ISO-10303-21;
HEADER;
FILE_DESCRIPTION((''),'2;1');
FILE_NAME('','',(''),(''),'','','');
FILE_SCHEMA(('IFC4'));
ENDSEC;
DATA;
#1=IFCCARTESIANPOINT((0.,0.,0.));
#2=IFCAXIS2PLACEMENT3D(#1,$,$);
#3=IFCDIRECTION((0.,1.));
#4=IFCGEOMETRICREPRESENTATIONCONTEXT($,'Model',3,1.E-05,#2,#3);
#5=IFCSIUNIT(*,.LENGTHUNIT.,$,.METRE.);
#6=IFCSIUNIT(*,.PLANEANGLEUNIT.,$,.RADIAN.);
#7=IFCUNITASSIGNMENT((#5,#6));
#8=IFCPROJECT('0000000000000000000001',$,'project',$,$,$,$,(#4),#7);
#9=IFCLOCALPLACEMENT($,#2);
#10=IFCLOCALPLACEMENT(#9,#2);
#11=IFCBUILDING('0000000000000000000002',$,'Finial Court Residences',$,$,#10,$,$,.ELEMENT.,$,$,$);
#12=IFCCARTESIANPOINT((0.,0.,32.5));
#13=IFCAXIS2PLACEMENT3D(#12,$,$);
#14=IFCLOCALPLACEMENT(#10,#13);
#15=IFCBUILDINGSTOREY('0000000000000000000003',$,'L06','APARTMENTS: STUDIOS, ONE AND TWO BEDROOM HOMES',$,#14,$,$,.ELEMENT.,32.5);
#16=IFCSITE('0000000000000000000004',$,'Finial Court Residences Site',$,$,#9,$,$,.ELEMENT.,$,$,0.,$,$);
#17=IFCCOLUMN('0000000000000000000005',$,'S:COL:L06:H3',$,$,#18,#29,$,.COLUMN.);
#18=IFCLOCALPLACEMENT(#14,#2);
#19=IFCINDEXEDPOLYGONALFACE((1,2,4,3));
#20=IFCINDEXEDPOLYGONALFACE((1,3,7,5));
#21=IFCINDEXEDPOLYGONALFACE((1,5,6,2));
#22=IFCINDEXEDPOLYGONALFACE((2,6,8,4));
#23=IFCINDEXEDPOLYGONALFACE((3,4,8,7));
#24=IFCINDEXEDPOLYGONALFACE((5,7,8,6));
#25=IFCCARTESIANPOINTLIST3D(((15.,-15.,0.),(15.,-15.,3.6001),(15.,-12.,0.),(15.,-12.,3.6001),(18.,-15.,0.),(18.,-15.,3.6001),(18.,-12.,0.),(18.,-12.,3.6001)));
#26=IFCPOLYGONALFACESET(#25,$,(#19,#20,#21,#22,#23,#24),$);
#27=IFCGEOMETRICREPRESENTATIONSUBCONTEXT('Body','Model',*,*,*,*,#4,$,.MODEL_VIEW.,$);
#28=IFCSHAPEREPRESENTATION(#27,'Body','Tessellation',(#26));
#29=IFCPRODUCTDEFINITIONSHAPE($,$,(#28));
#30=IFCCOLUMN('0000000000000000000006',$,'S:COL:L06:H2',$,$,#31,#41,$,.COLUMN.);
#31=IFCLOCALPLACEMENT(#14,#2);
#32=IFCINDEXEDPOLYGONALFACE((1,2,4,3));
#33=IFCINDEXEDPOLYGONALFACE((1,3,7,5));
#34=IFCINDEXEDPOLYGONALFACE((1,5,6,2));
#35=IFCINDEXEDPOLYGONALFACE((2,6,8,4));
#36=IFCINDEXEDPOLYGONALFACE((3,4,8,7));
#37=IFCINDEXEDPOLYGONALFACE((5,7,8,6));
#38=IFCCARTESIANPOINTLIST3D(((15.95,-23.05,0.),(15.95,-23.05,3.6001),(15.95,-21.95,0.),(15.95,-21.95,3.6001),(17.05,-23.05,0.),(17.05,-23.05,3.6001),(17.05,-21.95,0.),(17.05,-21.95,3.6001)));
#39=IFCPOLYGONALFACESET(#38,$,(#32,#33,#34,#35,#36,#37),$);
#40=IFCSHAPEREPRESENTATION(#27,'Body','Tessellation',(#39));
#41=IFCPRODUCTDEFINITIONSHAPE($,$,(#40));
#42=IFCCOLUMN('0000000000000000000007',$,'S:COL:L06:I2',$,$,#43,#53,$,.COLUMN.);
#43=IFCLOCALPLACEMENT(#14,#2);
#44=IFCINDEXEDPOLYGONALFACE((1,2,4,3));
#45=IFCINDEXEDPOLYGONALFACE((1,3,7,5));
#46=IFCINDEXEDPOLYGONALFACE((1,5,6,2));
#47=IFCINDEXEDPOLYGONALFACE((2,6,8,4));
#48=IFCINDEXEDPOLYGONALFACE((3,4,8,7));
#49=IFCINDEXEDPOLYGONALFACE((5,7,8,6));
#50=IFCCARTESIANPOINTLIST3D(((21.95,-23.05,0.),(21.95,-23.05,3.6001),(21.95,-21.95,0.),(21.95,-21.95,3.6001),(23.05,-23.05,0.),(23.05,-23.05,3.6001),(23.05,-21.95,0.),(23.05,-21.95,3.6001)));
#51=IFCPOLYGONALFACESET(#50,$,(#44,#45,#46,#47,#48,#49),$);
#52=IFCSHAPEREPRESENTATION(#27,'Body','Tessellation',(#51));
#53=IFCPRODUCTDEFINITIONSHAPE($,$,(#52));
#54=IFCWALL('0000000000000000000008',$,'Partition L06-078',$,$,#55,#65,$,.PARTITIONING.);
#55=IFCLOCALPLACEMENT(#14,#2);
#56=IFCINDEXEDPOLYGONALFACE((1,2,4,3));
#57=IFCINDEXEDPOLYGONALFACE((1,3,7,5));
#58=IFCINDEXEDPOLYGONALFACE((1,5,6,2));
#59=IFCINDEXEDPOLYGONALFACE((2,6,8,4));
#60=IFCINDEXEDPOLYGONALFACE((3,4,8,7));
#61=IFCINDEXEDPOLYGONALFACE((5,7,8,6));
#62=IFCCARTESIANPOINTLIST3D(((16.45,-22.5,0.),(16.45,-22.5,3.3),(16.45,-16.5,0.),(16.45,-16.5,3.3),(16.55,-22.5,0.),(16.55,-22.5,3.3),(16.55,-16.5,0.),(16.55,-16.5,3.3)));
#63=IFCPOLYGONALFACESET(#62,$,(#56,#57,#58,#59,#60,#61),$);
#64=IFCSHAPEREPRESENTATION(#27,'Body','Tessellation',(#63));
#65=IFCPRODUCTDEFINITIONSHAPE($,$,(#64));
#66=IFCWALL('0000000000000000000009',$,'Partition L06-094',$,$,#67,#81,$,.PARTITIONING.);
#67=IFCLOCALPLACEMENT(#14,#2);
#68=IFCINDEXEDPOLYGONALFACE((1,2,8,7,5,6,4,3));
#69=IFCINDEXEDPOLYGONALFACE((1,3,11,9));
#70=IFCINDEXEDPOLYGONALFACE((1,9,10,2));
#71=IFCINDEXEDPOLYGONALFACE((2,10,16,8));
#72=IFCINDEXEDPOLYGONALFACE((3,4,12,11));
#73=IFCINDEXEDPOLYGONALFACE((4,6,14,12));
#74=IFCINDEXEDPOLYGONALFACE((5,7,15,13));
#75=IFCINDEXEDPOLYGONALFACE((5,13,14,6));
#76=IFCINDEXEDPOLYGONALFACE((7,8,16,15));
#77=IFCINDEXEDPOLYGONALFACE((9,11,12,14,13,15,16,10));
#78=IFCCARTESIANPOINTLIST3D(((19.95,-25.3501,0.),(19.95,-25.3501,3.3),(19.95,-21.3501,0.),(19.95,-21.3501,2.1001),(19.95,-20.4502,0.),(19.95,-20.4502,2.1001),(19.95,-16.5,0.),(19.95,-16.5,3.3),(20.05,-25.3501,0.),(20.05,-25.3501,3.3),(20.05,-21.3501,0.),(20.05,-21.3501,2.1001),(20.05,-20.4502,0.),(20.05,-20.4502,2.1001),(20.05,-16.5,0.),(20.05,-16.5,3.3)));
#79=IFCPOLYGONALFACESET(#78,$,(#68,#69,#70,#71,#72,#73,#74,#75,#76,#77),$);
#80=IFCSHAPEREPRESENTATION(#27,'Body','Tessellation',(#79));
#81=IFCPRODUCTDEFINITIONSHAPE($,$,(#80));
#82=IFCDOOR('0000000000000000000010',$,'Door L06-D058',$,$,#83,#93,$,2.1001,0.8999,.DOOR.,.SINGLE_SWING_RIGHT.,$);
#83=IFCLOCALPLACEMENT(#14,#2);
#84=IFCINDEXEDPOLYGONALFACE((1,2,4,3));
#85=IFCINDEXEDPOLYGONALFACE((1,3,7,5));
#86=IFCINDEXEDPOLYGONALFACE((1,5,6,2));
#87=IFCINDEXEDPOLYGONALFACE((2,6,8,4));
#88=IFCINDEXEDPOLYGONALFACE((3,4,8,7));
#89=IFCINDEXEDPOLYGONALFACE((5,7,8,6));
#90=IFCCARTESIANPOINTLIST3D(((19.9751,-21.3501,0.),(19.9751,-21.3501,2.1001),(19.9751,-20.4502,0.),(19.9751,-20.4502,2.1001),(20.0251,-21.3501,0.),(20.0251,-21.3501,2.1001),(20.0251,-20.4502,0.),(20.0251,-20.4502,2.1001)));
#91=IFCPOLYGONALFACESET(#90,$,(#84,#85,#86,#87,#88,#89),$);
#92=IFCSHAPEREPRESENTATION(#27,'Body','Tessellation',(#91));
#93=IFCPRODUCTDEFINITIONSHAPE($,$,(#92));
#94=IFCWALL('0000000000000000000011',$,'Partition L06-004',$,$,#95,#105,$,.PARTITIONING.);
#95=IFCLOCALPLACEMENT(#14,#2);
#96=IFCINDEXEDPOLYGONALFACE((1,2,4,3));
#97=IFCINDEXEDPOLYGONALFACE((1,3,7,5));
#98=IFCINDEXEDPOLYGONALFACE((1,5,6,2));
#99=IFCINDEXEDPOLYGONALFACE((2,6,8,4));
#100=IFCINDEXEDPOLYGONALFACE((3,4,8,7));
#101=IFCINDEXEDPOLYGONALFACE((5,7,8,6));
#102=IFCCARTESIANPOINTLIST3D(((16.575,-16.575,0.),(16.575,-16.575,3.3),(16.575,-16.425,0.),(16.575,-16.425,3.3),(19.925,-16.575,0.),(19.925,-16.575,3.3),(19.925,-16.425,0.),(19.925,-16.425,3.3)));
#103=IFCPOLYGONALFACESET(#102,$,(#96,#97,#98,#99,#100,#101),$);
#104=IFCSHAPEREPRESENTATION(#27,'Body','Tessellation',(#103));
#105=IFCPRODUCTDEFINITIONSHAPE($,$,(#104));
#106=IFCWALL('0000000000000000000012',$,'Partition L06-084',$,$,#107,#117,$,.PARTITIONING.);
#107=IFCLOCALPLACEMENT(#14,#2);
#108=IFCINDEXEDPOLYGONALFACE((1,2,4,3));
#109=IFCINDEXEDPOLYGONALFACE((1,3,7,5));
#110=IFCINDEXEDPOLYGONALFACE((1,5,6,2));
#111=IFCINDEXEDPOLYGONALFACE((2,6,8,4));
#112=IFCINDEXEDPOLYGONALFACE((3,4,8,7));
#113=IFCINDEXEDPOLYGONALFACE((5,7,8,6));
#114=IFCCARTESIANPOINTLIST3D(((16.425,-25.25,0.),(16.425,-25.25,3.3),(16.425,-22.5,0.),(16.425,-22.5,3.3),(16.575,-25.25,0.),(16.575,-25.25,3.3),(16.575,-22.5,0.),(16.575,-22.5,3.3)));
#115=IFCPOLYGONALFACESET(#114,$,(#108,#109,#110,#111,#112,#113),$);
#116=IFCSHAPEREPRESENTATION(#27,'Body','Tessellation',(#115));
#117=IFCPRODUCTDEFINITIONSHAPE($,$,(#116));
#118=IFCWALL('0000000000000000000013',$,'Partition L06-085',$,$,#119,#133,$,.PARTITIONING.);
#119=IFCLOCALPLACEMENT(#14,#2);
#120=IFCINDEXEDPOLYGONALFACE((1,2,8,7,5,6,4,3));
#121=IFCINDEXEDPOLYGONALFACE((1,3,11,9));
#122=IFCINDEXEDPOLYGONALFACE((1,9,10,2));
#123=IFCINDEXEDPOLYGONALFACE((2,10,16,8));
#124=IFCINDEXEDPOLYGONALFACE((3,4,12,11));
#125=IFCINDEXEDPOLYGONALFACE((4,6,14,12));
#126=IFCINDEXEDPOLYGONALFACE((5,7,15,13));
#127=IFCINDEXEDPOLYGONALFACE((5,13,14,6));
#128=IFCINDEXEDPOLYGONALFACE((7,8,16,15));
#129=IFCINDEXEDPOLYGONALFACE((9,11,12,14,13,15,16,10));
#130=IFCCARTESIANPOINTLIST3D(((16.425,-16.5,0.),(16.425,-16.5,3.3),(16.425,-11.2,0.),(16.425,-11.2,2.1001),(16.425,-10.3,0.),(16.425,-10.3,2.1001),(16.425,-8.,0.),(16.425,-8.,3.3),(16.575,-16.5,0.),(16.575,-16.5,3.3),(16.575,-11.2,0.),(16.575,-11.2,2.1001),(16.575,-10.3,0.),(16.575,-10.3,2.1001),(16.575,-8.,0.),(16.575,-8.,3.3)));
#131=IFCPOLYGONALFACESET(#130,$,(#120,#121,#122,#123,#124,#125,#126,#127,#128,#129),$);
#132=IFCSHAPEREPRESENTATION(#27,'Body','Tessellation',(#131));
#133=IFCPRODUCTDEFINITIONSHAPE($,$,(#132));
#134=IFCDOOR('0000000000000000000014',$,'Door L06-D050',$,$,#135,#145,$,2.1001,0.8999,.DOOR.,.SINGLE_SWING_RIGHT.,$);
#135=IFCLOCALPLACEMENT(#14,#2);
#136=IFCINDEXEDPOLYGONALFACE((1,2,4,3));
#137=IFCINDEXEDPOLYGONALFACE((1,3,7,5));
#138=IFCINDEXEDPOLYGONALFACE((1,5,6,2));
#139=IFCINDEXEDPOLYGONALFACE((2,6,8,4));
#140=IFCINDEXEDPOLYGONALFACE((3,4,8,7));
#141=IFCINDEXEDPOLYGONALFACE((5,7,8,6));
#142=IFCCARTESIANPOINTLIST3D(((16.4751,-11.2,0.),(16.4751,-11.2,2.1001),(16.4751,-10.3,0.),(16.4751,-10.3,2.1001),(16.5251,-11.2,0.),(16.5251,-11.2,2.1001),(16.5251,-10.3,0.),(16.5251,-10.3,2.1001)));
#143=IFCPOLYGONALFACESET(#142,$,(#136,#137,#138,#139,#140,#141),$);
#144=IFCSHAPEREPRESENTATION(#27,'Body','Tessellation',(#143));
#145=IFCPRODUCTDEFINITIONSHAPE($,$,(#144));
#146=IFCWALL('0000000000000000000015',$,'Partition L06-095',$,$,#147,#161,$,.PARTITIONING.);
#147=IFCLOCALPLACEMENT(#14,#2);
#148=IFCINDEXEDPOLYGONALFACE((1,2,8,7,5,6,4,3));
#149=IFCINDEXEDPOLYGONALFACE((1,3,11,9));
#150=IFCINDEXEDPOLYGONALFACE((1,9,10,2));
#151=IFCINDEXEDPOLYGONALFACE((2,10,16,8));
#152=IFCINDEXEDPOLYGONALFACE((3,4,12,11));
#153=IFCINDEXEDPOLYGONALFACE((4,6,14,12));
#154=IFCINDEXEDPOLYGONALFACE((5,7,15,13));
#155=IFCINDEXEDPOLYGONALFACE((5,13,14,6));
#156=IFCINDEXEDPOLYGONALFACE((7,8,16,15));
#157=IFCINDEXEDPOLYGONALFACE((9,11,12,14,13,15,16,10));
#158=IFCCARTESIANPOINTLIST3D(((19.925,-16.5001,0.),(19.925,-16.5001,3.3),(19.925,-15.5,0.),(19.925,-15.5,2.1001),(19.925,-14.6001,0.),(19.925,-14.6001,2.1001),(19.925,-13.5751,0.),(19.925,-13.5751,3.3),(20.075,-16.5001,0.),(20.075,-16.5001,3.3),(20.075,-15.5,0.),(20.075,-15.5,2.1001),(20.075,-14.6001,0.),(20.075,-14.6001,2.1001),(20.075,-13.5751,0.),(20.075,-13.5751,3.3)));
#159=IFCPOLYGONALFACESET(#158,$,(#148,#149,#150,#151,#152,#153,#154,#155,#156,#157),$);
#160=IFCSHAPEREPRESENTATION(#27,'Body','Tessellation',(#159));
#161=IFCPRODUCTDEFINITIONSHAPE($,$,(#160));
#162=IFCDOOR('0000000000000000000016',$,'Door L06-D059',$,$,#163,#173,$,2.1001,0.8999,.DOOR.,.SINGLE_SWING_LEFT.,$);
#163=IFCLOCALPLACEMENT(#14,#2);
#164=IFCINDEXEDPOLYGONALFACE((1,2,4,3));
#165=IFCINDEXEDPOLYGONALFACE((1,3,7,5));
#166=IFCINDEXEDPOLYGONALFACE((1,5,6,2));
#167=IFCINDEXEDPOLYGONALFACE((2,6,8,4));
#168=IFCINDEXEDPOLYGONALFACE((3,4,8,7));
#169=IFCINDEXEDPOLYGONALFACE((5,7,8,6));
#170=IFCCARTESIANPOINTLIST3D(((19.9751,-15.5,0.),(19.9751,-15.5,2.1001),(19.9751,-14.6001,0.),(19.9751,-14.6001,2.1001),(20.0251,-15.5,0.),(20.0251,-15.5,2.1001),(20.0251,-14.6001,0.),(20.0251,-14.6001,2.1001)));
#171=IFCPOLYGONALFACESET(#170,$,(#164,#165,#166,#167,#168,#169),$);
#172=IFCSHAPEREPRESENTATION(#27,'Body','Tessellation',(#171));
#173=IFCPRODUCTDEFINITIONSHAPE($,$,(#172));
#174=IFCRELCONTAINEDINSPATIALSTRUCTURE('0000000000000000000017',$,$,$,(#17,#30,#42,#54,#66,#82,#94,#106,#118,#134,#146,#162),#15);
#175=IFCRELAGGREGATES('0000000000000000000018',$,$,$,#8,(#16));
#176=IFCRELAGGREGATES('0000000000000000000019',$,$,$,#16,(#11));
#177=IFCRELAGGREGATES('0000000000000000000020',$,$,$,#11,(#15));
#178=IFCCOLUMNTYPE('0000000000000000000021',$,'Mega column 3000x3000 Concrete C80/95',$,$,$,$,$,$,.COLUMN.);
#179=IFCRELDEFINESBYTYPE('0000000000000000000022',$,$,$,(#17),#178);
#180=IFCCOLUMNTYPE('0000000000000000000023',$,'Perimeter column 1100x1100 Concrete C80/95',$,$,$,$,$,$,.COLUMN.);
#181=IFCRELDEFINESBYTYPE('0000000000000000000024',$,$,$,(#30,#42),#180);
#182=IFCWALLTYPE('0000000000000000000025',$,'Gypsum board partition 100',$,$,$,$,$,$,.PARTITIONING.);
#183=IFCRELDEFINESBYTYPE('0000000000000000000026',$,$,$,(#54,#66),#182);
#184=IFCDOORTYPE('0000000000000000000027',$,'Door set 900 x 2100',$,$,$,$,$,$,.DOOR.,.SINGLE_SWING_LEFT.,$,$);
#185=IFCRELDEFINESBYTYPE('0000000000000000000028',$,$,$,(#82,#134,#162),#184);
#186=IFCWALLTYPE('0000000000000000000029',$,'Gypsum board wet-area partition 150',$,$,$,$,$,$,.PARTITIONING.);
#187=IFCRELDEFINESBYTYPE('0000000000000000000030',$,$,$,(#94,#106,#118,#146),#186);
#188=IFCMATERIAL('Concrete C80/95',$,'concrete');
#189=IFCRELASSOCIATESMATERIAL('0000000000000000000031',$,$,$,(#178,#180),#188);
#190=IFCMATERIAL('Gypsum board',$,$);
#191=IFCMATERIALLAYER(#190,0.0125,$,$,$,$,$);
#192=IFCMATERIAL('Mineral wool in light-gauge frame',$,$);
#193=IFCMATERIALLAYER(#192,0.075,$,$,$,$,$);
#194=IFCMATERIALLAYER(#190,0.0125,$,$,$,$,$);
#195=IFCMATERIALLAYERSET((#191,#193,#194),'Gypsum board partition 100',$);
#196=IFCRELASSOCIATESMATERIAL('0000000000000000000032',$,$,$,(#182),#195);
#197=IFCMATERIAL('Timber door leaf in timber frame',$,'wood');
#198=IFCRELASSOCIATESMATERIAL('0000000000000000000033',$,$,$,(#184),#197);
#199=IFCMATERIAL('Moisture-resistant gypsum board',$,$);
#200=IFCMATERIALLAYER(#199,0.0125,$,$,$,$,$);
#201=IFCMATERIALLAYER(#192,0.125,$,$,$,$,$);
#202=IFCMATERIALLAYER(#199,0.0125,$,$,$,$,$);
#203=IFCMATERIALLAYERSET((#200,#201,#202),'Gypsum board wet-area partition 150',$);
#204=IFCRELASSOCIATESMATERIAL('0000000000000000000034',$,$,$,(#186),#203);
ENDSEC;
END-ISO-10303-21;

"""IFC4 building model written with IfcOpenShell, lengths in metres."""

from ifc_helpers import new_model, si_unit, direction, frame, frame_2d, origin, origin_2d, place, context, subcontext, project, spatial, rectangle, extrude, material, layer, layer_set, material_profile, profile_set, type_object, element, fill, save


model = new_model("IFC4")

# Units and contexts
model_context = context("Model", 3, precision=1e-05, world=origin(), true_north=direction((0.0, 1.0)))
body_context = subcontext(model_context, "Body", "Model", "MODEL_VIEW")
ifc_project = project(units=[si_unit("LENGTHUNIT", "METRE"), si_unit("PLANEANGLEUNIT", "RADIAN")], contexts=[model_context])

# Site, building, storey
site_placement = place(None, origin())
site = spatial("IfcSite", under=ifc_project, at=site_placement, Name="Finial Court Residences Site", CompositionType="ELEMENT", RefElevation=0.0)
building_placement = place(site_placement, origin())
building = spatial("IfcBuilding", under=site, at=building_placement, Name="Finial Court Residences", CompositionType="ELEMENT")
storey_placement = place(building_placement, frame((0.0, 0.0, 32.5)))
storey = spatial("IfcBuildingStorey", under=building, at=storey_placement, Name="L06", Description="APARTMENTS: STUDIOS, ONE AND TWO BEDROOM HOMES", CompositionType="ELEMENT", Elevation=32.5)

# Columns
ifc_material_1 = material(Name="Concrete C80/95", Category="concrete")
ifc_material_profile_1 = material_profile(ifc_material_1, rectangle(XDim=3.0, YDim=3.0, at=origin_2d()), Name="3000x3000")
ifc_profile_set_1 = profile_set([ifc_material_profile_1], Name="Concrete C80/95")
column_type_1 = type_object("IfcColumnType", Name="Mega column 3000x3000 Concrete C80/95", PredefinedType="COLUMN", material=ifc_profile_set_1)
column_placement = place(storey_placement, frame((16.5, -13.5, 0.0), z_axis=(0.0, 0.0, 1.0), x_axis=(1.0, 0.0, 0.0)))
element("IfcColumn", 1, at=column_placement, inside=storey, type_object=column_type_1, Name="S:COL:L06:H3", PredefinedType="COLUMN", context=body_context, shape_type="SweptSolid", body=[
    extrude(rectangle(XDim=3.0, YDim=3.0, at=origin_2d()), origin(), (0.0, 0.0, 1.0), 3.6001),
])
ifc_material_profile_2 = material_profile(ifc_material_1, rectangle(XDim=1.1001, YDim=1.1001, at=origin_2d()), Name="1100x1100")
ifc_profile_set_2 = profile_set([ifc_material_profile_2], Name="Concrete C80/95")
column_type_2 = type_object("IfcColumnType", Name="Perimeter column 1100x1100 Concrete C80/95", PredefinedType="COLUMN", material=ifc_profile_set_2)
for number, where, z_axis, x_axis, name in (
    (2, (16.5, -22.5, 0.0), (0.0, 0.0, 1.0), (1.0, 0.0, 0.0), "S:COL:L06:H2"),
    (3, (22.5, -22.5, 0.0), (0.0, 0.0, 1.0), (1.0, 0.0, 0.0), "S:COL:L06:I2"),
):
    element("IfcColumn", number, at=place(storey_placement, frame(where, z_axis=z_axis, x_axis=x_axis)), inside=storey, type_object=column_type_2, Name=name, PredefinedType="COLUMN", context=body_context, shape_type="SweptSolid", body=[
        extrude(rectangle(XDim=1.1001, YDim=1.1001, at=origin_2d()), origin(), (0.0, 0.0, 1.0), 3.6001),
    ])

# Wall
ifc_material_2 = material(Name="Gypsum board")
ifc_layer_1 = layer(ifc_material_2, 0.0125)
ifc_material_3 = material(Name="Mineral wool in light-gauge frame")
ifc_layer_2 = layer(ifc_material_3, 0.075)
ifc_layer_3 = layer(ifc_material_2, 0.0125)
ifc_layer_set_1 = layer_set([ifc_layer_1, ifc_layer_2, ifc_layer_3], Name="Gypsum board partition 100")
wall_type_1 = type_object("IfcWallType", Name="Gypsum board partition 100", PredefinedType="PARTITIONING", material=ifc_layer_set_1)
wall_1_placement = place(storey_placement, frame((16.5, -22.5, 0.0), z_axis=(0.0, 0.0, 1.0), x_axis=(0.0, 1.0, 0.0)))
element("IfcWall", 4, at=wall_1_placement, inside=storey, type_object=wall_type_1, Name="Partition L06-078", PredefinedType="PARTITIONING", context=body_context, shape_type="SweptSolid", body=[
    extrude(rectangle(XDim=6.0, YDim=0.1001, at=frame_2d((3.0, 0.0))), origin(), (0.0, 0.0, 1.0), 3.3),
])

# Wall, opening, door
wall_2_placement = place(storey_placement, frame((20.0, -25.3501, 0.0), z_axis=(0.0, 0.0, 1.0), x_axis=(0.0, 1.0, 0.0)))
wall_2 = element("IfcWall", 5, at=wall_2_placement, inside=storey, type_object=wall_type_1, Name="Partition L06-094", PredefinedType="PARTITIONING", context=body_context, shape_type="SweptSolid", body=[
    extrude(rectangle(XDim=8.8501, YDim=0.1001, at=frame_2d((4.425, 0.0))), origin(), (0.0, 0.0, 1.0), 3.3),
])
opening_1_placement = place(wall_2_placement, frame((4.0, 0.0, 0.0)))
opening_1 = element("IfcOpeningElement", 6, at=opening_1_placement, cuts=wall_2, PredefinedType="OPENING", context=body_context, shape_type="SweptSolid", body=[
    extrude(rectangle(XDim=0.8999, YDim=2.1001, at=frame_2d((0.45, 1.05))), frame((0.0, 0.0601, 0.0), z_axis=(0.0, -1.0, 0.0), x_axis=(1.0, 0.0, 0.0)), (0.0, 0.0, 1.0), 0.1201),
])
ifc_material_4 = material(Name="Timber door leaf in timber frame", Category="wood")
door_type_1 = type_object("IfcDoorType", Name="Door set 900 x 2100", OperationType="SINGLE_SWING_LEFT", PredefinedType="DOOR", material=ifc_material_4)
door_1_placement = place(opening_1_placement, origin())
door_1 = element("IfcDoor", 7, at=door_1_placement, inside=storey, type_object=door_type_1, Name="Door L06-D058", OperationType="SINGLE_SWING_RIGHT", OverallHeight=2.1001, OverallWidth=0.8999, PredefinedType="DOOR", context=body_context, shape_type="SweptSolid", body=[
    extrude(rectangle(XDim=0.8999, YDim=2.1001, at=frame_2d((0.45, 1.05))), frame((0.0, 0.0249, 0.0), z_axis=(0.0, -1.0, 0.0), x_axis=(1.0, 0.0, 0.0)), (0.0, 0.0, 1.0), 0.05),
])
fill(opening_1, door_1)

# Walls
ifc_material_5 = material(Name="Moisture-resistant gypsum board")
ifc_layer_4 = layer(ifc_material_5, 0.0125)
ifc_layer_5 = layer(ifc_material_3, 0.125)
ifc_layer_6 = layer(ifc_material_5, 0.0125)
ifc_layer_set_2 = layer_set([ifc_layer_4, ifc_layer_5, ifc_layer_6], Name="Gypsum board wet-area partition 150")
wall_type_2 = type_object("IfcWallType", Name="Gypsum board wet-area partition 150", PredefinedType="PARTITIONING", material=ifc_layer_set_2)
wall_3_placement = place(storey_placement, frame((16.575, -16.5, 0.0), z_axis=(0.0, 0.0, 1.0), x_axis=(1.0, 0.0, 0.0)))
element("IfcWall", 8, at=wall_3_placement, inside=storey, type_object=wall_type_2, Name="Partition L06-004", PredefinedType="PARTITIONING", context=body_context, shape_type="SweptSolid", body=[
    extrude(rectangle(XDim=3.3501, YDim=0.1499, at=frame_2d((1.675, 0.0))), origin(), (0.0, 0.0, 1.0), 3.3),
])
wall_4_placement = place(storey_placement, frame((16.5, -25.25, 0.0), z_axis=(0.0, 0.0, 1.0), x_axis=(0.0, 1.0, 0.0)))
element("IfcWall", 9, at=wall_4_placement, inside=storey, type_object=wall_type_2, Name="Partition L06-084", PredefinedType="PARTITIONING", context=body_context, shape_type="SweptSolid", body=[
    extrude(rectangle(XDim=2.75, YDim=0.1499, at=frame_2d((1.375, 0.0))), origin(), (0.0, 0.0, 1.0), 3.3),
])

# Walls, openings, doors
wall_5_placement = place(storey_placement, frame((16.5, -16.5, 0.0), z_axis=(0.0, 0.0, 1.0), x_axis=(0.0, 1.0, 0.0)))
wall_5 = element("IfcWall", 10, at=wall_5_placement, inside=storey, type_object=wall_type_2, Name="Partition L06-085", PredefinedType="PARTITIONING", context=body_context, shape_type="SweptSolid", body=[
    extrude(rectangle(XDim=8.5, YDim=0.1499, at=frame_2d((4.25, 0.0))), origin(), (0.0, 0.0, 1.0), 3.3),
])
opening_2_placement = place(wall_5_placement, frame((5.3, 0.0, 0.0)))
opening_2 = element("IfcOpeningElement", 11, at=opening_2_placement, cuts=wall_5, PredefinedType="OPENING", context=body_context, shape_type="SweptSolid", body=[
    extrude(rectangle(XDim=0.8999, YDim=2.1001, at=frame_2d((0.45, 1.05))), frame((0.0, 0.085, 0.0), z_axis=(0.0, -1.0, 0.0), x_axis=(1.0, 0.0, 0.0)), (0.0, 0.0, 1.0), 0.1699),
])
door_2_placement = place(opening_2_placement, origin())
door_2 = element("IfcDoor", 12, at=door_2_placement, inside=storey, type_object=door_type_1, Name="Door L06-D050", OperationType="SINGLE_SWING_RIGHT", OverallHeight=2.1001, OverallWidth=0.8999, PredefinedType="DOOR", context=body_context, shape_type="SweptSolid", body=[
    extrude(rectangle(XDim=0.8999, YDim=2.1001, at=frame_2d((0.45, 1.05))), frame((0.0, 0.0249, 0.0), z_axis=(0.0, -1.0, 0.0), x_axis=(1.0, 0.0, 0.0)), (0.0, 0.0, 1.0), 0.05),
])
fill(opening_2, door_2)
wall_6_placement = place(storey_placement, frame((20.0, -16.5, 0.0), z_axis=(0.0, 0.0, 1.0), x_axis=(0.0, 1.0, 0.0)))
wall_6 = element("IfcWall", 13, at=wall_6_placement, inside=storey, type_object=wall_type_2, Name="Partition L06-095", PredefinedType="PARTITIONING", context=body_context, shape_type="SweptSolid", body=[
    extrude(rectangle(XDim=2.925, YDim=0.1499, at=frame_2d((1.4624, 0.0))), origin(), (0.0, 0.0, 1.0), 3.3),
])
opening_3_placement = place(wall_6_placement, frame((1.0, 0.0, 0.0)))
opening_3 = element("IfcOpeningElement", 14, at=opening_3_placement, cuts=wall_6, PredefinedType="OPENING", context=body_context, shape_type="SweptSolid", body=[
    extrude(rectangle(XDim=0.8999, YDim=2.1001, at=frame_2d((0.45, 1.05))), frame((0.0, 0.085, 0.0), z_axis=(0.0, -1.0, 0.0), x_axis=(1.0, 0.0, 0.0)), (0.0, 0.0, 1.0), 0.1699),
])
door_3_placement = place(opening_3_placement, origin())
door_3 = element("IfcDoor", 15, at=door_3_placement, inside=storey, type_object=door_type_1, Name="Door L06-D059", OperationType="SINGLE_SWING_LEFT", OverallHeight=2.1001, OverallWidth=0.8999, PredefinedType="DOOR", context=body_context, shape_type="SweptSolid", body=[
    extrude(rectangle(XDim=0.8999, YDim=2.1001, at=frame_2d((0.45, 1.05))), frame((0.0, 0.0249, 0.0), z_axis=(0.0, -1.0, 0.0), x_axis=(1.0, 0.0, 0.0)), (0.0, 0.0, 1.0), 0.05),
])
fill(opening_3, door_3)

save(model, "model.ifc")
